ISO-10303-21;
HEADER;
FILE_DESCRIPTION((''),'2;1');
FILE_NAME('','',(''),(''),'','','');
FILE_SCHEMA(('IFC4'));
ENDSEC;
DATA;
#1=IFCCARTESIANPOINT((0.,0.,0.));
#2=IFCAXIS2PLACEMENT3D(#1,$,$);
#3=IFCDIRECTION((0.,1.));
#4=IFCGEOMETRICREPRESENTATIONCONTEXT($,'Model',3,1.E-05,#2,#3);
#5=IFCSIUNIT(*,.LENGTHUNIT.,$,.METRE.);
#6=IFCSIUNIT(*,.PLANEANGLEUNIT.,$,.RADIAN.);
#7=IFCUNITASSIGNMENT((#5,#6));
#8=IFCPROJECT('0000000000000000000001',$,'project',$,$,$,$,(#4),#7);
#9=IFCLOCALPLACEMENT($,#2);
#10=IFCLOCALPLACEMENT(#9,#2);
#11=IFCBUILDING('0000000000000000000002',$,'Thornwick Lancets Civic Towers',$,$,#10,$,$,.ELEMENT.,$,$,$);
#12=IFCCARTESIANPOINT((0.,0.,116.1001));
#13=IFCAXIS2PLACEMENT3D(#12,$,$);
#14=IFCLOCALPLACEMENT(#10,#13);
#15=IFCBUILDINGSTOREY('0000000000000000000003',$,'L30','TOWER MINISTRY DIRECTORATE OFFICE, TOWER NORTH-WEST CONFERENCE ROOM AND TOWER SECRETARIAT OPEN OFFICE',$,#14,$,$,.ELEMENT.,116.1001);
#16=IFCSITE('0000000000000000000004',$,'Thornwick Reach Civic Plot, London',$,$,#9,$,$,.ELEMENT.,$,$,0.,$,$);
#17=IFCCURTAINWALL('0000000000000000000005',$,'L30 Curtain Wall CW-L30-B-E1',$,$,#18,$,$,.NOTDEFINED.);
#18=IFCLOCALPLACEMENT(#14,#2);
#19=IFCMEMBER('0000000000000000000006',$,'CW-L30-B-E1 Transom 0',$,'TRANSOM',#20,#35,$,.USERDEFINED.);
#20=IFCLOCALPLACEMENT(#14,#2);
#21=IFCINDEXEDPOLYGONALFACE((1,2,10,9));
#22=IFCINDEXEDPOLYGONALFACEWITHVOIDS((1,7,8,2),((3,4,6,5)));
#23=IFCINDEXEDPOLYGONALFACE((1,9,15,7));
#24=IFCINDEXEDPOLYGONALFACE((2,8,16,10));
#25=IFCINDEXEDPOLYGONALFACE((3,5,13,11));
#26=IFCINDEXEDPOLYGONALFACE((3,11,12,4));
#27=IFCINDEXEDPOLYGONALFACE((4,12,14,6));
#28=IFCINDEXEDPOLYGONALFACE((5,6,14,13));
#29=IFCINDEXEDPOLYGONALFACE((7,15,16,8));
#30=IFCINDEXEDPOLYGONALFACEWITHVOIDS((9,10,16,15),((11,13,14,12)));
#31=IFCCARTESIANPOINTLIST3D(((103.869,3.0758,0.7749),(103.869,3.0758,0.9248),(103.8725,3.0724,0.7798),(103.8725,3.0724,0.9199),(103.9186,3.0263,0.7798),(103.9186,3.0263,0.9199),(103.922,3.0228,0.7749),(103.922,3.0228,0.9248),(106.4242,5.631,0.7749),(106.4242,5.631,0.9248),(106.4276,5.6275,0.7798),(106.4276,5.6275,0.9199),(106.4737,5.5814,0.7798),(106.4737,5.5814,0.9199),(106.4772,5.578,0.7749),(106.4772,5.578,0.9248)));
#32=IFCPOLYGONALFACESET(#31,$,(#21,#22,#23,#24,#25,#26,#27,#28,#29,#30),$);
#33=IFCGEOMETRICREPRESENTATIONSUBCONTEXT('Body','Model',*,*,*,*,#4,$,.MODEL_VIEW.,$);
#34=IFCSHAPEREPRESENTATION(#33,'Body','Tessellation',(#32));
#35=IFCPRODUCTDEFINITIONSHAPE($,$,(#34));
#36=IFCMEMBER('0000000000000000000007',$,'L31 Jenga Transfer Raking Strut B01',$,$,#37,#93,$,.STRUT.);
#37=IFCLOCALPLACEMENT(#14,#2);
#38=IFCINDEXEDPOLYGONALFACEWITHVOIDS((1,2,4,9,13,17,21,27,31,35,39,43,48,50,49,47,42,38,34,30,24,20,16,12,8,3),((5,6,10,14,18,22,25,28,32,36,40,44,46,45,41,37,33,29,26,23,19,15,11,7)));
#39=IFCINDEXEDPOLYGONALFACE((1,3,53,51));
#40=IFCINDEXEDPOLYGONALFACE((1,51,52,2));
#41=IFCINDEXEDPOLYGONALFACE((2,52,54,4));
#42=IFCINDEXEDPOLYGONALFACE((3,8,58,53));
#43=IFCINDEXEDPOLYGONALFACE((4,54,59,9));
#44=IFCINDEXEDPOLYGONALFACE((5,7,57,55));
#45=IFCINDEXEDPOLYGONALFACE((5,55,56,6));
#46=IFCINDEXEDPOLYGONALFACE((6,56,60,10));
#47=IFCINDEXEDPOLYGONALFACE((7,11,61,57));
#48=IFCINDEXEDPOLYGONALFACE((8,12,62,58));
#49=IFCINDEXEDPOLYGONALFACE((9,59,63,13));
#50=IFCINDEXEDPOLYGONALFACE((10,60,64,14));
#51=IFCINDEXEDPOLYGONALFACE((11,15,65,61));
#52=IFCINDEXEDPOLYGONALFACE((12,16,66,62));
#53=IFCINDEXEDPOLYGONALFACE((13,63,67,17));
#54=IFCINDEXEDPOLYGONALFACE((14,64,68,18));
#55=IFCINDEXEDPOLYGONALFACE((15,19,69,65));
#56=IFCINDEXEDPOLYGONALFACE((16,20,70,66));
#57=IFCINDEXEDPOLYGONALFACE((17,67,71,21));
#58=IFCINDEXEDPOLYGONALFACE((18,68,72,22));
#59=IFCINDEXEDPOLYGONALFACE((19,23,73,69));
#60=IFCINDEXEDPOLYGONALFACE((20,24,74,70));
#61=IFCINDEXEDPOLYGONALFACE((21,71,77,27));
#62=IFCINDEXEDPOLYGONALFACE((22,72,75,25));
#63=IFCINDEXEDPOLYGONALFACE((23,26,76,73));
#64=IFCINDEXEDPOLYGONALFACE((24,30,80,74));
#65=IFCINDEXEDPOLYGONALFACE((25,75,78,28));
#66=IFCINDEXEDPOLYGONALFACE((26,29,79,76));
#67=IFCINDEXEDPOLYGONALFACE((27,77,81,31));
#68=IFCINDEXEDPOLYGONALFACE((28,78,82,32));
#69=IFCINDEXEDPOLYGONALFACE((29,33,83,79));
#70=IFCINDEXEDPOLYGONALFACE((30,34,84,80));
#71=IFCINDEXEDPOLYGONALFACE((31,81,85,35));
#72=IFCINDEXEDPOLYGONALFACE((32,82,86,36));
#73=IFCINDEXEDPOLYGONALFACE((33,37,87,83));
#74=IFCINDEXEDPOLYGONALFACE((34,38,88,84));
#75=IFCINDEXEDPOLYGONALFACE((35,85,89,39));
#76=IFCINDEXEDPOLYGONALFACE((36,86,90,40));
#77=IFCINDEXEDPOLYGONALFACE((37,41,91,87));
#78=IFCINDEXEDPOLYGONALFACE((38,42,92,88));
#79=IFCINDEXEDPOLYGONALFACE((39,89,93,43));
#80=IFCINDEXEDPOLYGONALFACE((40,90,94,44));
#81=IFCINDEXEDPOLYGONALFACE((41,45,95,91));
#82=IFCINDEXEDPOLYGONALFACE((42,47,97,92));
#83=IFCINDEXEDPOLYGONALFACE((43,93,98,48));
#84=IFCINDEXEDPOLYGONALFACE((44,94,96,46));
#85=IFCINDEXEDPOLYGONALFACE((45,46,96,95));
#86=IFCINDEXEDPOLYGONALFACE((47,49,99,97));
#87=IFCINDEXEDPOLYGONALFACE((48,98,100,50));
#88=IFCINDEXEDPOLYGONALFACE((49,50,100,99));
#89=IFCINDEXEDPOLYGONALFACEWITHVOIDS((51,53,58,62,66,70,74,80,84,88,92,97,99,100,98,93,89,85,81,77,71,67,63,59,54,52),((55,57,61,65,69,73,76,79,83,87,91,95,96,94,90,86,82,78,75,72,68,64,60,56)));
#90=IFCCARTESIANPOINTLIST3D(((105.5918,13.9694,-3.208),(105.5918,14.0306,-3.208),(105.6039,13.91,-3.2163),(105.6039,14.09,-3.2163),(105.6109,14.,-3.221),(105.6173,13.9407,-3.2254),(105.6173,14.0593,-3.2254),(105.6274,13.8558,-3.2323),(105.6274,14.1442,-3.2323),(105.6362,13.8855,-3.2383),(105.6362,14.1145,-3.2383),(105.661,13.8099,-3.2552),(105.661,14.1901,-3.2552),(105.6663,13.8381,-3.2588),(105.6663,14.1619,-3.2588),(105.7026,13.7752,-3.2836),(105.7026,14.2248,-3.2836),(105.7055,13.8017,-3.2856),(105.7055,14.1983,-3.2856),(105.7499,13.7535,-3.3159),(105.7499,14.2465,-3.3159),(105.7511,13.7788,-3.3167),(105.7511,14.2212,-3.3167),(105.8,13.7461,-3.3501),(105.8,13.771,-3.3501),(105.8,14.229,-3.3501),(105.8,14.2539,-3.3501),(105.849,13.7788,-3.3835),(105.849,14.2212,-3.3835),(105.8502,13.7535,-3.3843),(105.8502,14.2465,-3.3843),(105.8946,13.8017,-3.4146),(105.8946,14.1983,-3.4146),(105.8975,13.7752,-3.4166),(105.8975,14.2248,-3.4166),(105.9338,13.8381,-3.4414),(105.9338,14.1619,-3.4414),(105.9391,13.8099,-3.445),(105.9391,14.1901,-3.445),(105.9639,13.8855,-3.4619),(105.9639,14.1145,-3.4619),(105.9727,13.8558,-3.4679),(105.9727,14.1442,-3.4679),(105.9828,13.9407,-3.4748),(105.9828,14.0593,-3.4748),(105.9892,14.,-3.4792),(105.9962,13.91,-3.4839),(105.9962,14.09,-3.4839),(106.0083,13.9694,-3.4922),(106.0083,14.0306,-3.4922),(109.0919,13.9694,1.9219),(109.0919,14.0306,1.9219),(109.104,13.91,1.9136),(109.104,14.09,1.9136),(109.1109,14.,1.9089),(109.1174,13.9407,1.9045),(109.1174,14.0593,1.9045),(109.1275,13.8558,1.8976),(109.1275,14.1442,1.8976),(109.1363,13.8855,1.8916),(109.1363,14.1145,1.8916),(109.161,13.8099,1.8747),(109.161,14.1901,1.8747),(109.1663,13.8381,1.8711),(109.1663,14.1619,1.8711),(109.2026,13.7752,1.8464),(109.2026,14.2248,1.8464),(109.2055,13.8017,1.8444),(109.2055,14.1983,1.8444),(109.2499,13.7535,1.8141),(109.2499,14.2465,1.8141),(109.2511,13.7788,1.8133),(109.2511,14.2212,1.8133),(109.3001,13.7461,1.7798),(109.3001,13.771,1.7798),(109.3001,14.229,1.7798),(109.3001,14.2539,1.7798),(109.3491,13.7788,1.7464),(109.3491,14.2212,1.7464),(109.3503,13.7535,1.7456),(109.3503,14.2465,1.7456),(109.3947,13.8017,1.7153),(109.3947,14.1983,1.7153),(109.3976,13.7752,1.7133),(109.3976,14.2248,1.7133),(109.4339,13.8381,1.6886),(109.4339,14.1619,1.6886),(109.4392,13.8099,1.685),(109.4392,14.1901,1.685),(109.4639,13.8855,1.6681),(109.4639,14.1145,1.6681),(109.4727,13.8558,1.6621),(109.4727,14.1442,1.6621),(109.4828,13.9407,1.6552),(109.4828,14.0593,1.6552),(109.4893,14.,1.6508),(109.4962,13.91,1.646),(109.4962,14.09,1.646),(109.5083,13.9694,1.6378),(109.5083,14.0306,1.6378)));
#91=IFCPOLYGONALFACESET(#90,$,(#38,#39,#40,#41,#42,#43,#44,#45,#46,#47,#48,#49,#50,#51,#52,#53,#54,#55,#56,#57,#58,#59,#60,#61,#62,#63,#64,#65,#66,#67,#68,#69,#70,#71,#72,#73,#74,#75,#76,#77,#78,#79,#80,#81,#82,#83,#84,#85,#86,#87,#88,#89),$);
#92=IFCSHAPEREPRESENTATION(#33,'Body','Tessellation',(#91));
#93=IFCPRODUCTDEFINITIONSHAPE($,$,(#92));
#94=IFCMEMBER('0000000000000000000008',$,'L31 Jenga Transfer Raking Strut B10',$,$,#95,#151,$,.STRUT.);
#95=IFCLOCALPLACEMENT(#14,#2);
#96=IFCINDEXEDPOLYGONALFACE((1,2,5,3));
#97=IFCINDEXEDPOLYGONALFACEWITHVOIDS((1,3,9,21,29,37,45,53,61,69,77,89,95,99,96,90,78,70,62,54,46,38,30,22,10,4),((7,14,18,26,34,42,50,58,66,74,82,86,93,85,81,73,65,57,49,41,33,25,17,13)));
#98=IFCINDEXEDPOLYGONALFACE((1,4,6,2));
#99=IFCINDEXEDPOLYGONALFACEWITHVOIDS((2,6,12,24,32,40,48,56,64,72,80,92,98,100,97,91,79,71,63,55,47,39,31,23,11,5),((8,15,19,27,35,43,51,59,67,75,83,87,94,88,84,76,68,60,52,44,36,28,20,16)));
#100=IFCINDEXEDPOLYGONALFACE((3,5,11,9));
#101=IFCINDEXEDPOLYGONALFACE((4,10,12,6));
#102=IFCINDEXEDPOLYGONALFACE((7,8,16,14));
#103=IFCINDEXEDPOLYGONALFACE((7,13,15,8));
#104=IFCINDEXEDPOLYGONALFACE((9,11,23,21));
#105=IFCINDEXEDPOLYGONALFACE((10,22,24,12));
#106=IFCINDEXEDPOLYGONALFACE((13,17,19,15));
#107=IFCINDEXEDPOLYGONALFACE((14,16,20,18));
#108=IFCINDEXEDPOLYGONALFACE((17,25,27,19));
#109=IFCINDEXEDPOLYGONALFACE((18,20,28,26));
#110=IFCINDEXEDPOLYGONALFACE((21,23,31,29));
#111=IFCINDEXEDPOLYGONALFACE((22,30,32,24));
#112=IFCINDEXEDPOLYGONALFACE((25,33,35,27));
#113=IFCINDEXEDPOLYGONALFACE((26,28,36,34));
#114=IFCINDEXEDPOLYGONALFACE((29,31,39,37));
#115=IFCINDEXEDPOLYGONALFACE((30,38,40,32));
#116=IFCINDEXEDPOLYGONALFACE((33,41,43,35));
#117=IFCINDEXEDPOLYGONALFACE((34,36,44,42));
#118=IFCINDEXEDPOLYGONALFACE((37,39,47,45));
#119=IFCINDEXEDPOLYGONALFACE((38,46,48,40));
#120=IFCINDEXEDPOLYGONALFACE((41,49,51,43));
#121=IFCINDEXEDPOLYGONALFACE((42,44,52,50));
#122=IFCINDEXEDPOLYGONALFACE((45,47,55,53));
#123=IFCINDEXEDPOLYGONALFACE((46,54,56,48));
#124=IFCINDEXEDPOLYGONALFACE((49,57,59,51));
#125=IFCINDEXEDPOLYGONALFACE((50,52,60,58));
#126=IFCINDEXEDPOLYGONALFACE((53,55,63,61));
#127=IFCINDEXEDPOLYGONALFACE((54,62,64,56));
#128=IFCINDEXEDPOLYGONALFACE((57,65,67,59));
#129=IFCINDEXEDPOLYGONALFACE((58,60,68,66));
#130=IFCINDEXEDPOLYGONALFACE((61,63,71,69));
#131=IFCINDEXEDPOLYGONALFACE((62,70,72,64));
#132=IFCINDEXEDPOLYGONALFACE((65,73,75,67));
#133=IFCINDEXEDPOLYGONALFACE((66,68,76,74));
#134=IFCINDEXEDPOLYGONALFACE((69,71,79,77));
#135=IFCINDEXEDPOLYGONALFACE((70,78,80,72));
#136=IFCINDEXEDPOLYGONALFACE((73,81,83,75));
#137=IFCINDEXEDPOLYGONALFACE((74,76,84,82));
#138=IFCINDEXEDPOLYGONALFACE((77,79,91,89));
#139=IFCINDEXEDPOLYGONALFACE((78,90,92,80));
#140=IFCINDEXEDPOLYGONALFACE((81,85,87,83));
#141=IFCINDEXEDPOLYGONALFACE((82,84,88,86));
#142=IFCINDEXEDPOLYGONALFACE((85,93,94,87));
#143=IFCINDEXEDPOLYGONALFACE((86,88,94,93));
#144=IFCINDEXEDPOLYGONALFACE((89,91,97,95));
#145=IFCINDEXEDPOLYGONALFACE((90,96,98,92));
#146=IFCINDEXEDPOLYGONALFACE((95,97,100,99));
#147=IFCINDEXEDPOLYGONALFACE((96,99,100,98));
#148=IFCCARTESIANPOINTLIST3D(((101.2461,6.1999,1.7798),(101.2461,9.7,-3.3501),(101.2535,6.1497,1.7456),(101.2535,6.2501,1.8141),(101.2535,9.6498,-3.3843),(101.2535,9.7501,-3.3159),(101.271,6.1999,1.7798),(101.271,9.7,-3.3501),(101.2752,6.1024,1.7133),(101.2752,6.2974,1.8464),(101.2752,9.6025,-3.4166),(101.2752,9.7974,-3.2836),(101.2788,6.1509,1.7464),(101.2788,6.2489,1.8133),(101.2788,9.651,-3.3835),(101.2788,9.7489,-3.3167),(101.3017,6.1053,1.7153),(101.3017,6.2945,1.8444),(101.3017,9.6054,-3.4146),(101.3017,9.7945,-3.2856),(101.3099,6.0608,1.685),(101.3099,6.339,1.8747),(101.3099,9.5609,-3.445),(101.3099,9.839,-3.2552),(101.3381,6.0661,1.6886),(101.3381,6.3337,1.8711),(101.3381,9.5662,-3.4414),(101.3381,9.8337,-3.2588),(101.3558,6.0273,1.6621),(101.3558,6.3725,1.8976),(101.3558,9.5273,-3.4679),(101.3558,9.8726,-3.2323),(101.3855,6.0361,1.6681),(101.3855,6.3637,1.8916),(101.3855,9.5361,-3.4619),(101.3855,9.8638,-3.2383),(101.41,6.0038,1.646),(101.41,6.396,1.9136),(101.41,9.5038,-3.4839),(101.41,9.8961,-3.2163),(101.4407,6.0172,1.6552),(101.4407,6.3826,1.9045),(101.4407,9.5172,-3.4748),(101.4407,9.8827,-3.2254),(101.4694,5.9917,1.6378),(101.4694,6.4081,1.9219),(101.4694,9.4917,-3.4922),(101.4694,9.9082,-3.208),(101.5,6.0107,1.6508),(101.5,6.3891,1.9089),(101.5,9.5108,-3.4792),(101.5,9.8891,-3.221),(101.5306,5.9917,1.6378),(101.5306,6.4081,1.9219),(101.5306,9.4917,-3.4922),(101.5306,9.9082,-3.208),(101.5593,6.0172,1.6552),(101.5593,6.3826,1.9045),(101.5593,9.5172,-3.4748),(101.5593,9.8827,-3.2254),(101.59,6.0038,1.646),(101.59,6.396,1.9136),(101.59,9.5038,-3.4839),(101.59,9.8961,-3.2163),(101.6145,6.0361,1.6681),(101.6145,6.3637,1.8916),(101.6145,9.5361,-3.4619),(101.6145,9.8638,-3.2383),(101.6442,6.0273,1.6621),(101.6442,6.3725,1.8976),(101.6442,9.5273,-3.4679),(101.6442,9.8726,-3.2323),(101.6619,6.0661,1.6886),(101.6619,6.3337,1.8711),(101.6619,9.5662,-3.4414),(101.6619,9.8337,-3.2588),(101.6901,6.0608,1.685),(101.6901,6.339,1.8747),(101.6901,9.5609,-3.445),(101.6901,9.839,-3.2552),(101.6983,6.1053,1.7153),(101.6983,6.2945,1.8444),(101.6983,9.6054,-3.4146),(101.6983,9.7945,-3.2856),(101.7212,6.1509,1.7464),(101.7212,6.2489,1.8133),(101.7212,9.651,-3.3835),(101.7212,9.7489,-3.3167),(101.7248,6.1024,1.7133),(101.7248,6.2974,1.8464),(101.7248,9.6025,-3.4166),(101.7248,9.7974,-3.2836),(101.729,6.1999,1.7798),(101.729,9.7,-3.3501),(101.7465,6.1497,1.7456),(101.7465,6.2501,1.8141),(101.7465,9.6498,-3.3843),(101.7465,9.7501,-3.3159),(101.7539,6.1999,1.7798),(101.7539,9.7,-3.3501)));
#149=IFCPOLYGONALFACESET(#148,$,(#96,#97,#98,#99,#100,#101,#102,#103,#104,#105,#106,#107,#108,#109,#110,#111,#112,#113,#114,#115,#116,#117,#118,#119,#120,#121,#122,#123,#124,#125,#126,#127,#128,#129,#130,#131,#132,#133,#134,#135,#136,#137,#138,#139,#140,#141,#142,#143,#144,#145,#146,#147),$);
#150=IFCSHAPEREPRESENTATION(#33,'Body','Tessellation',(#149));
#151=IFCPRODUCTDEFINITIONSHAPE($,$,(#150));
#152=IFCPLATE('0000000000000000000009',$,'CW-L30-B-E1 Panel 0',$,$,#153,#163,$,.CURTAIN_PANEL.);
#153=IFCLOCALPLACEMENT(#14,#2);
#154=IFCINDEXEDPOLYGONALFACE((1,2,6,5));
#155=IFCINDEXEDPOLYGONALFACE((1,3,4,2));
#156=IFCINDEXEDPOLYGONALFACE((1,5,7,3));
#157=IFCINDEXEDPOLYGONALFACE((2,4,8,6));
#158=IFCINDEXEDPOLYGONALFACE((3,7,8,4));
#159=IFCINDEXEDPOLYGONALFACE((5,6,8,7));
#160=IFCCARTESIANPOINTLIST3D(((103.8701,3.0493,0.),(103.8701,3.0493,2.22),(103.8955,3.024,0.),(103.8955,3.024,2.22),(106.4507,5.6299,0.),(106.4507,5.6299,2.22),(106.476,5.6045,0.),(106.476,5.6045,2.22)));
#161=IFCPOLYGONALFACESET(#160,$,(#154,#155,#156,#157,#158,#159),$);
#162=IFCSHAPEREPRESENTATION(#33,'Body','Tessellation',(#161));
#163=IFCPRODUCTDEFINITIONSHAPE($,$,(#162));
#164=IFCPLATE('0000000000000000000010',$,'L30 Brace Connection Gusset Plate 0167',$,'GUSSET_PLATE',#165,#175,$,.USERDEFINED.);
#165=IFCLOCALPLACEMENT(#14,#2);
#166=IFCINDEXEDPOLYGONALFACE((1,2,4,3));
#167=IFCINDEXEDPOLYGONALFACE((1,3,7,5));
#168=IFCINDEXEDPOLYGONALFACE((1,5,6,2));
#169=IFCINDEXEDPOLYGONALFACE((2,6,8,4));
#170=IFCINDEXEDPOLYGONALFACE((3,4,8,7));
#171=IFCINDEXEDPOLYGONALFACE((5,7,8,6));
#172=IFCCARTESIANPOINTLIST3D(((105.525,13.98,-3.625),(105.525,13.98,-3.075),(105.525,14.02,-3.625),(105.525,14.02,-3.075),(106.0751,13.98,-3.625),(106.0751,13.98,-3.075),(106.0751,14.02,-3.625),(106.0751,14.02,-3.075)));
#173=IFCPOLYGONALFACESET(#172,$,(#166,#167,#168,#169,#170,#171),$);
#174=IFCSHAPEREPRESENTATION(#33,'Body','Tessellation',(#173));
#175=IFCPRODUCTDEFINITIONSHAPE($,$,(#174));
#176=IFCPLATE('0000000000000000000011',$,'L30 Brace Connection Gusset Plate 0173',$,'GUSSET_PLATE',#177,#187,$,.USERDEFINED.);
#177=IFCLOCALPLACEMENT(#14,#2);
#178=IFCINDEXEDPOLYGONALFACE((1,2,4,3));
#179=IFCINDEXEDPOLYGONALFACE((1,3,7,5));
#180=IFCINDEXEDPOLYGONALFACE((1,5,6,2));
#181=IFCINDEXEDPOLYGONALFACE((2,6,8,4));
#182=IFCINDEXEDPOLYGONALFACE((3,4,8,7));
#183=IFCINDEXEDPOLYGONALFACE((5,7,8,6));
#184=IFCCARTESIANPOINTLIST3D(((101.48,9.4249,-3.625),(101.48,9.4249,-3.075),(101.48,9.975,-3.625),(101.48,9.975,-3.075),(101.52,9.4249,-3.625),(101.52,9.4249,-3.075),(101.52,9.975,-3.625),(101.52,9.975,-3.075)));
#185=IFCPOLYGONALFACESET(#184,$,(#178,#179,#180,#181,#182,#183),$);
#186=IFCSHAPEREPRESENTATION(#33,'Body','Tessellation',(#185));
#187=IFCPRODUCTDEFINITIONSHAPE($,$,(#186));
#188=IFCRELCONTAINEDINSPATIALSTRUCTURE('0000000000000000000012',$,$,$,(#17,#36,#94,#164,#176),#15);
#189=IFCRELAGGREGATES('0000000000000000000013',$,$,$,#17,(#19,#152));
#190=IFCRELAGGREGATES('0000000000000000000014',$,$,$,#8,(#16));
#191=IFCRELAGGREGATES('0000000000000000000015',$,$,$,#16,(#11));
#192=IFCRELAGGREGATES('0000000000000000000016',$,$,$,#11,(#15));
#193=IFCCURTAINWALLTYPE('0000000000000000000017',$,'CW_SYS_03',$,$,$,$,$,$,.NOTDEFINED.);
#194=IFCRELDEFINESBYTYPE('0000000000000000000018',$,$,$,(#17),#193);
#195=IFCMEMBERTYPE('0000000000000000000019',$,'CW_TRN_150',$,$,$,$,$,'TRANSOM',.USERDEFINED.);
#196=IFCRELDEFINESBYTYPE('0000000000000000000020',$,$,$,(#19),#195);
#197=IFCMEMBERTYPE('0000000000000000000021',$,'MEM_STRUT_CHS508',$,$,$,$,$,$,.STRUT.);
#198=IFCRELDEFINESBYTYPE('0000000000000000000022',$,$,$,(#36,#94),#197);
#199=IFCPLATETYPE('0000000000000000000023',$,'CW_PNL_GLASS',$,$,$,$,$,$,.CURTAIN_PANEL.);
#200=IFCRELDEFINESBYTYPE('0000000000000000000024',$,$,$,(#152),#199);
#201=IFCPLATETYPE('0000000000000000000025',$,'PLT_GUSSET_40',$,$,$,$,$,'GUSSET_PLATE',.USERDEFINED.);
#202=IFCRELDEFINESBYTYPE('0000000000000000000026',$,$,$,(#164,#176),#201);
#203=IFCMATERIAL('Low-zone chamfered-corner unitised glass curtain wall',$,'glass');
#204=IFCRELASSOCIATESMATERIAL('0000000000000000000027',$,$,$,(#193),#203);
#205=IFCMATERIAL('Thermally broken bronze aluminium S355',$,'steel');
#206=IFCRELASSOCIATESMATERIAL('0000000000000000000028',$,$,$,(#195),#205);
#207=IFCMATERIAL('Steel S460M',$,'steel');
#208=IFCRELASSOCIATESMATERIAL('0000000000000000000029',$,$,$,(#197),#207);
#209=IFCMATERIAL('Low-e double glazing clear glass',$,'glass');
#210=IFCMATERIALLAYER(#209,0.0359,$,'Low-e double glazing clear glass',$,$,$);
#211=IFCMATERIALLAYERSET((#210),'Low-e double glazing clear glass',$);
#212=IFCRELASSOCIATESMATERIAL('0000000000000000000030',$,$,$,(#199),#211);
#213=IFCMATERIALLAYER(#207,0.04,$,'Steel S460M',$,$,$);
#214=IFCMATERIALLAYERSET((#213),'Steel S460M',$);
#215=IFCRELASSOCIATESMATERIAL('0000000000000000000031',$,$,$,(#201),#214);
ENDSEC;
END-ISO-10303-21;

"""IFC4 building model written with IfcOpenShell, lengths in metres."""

from ifc_helpers import new_model, si_unit, direction, frame, origin, origin_2d, place, context, subcontext, project, spatial, rectangle, hollow_rectangle, hollow_circle, extrude, material, layer, layer_set, material_profile, profile_set, type_object, element, aggregate, save


model = new_model("IFC4")

# Units and contexts
model_context = context("Model", 3, precision=1e-05, world=origin(), true_north=direction((0.0, 1.0)))
body_context = subcontext(model_context, "Body", "Model", "MODEL_VIEW")
ifc_project = project(units=[si_unit("LENGTHUNIT", "METRE"), si_unit("PLANEANGLEUNIT", "RADIAN")], contexts=[model_context])

# Site, building, storey
site_placement = place(None, origin())
site = spatial("IfcSite", under=ifc_project, at=site_placement, Name="Thornwick Reach Civic Plot, London", CompositionType="ELEMENT", RefElevation=0.0)
building_placement = place(site_placement, origin())
building = spatial("IfcBuilding", under=site, at=building_placement, Name="Thornwick Lancets Civic Towers", CompositionType="ELEMENT")
storey_placement = place(building_placement, frame((0.0, 0.0, 116.1001)))
storey = spatial("IfcBuildingStorey", under=building, at=storey_placement, Name="L30", Description="TOWER MINISTRY DIRECTORATE OFFICE, TOWER NORTH-WEST CONFERENCE ROOM AND TOWER SECRETARIAT OPEN OFFICE", CompositionType="ELEMENT", Elevation=116.1001)

# Curtain wall, member
ifc_material_1 = material(Name="Low-zone chamfered-corner unitised glass curtain wall", Category="glass")
curtain_wall_type = type_object("IfcCurtainWallType", Name="CW_SYS_03", PredefinedType="NOTDEFINED", material=ifc_material_1)
curtain_wall_placement = place(storey_placement, origin())
curtain_wall = element("IfcCurtainWall", 1, at=curtain_wall_placement, inside=storey, type_object=curtain_wall_type, Name="L30 Curtain Wall CW-L30-B-E1", PredefinedType="NOTDEFINED")
ifc_material_2 = material(Name="Thermally broken bronze aluminium S355", Category="steel")
ifc_material_profile_1 = material_profile(ifc_material_2, hollow_rectangle(XDim=0.075, YDim=0.1499, WallThickness=0.0049, at=origin_2d()), Name="RHS 150x75x5")
ifc_profile_set_1 = profile_set([ifc_material_profile_1], Name="Thermally broken bronze aluminium S355")
member_type_1 = type_object("IfcMemberType", Name="CW_TRN_150", ElementType="TRANSOM", PredefinedType="USERDEFINED", material=ifc_profile_set_1)
member_1_placement = place(storey_placement, frame((103.8955, 3.0493, 0.8499), z_axis=(0.707107, 0.707107, 0.0), x_axis=(-0.707107, 0.707107, 0.0)))
member_1 = element("IfcMember", 2, at=member_1_placement, type_object=member_type_1, Name="CW-L30-B-E1 Transom 0", ObjectType="TRANSOM", PredefinedType="USERDEFINED", context=body_context, shape_type="SweptSolid", body=[
    extrude(hollow_rectangle(XDim=0.075, YDim=0.1499, WallThickness=0.0049, at=origin_2d()), origin(), (0.0, 0.0, 1.0), 3.6135),
])

# Members
ifc_material_3 = material(Name="Steel S460M", Category="steel")
ifc_material_profile_2 = material_profile(ifc_material_3, hollow_circle(Radius=0.2539, WallThickness=0.0249, at=origin_2d()), Name="CHS 508x25")
ifc_profile_set_2 = profile_set([ifc_material_profile_2], Name="Steel S460M")
member_type_2 = type_object("IfcMemberType", Name="MEM_STRUT_CHS508", PredefinedType="STRUT", material=ifc_profile_set_2)
for number, where, z_axis, x_axis, name in (
    (3, (105.8, 14.0, -3.3501), (0.563595, 0.0, 0.826051), (0.0, 1.0, 0.0), "L31 Jenga Transfer Raking Strut B01"),
    (4, (101.5, 9.7, -3.3501), (0.0, -0.563595, 0.826051), (1.0, 0.0, 0.0), "L31 Jenga Transfer Raking Strut B10"),
):
    element("IfcMember", number, at=place(storey_placement, frame(where, z_axis=z_axis, x_axis=x_axis)), inside=storey, type_object=member_type_2, Name=name, PredefinedType="STRUT", context=body_context, shape_type="SweptSolid", body=[
        extrude(hollow_circle(Radius=0.2539, WallThickness=0.0249, at=origin_2d()), origin(), (0.0, 0.0, 1.0), 6.2102),
    ])

# Plate
ifc_material_4 = material(Name="Low-e double glazing clear glass", Category="glass")
ifc_layer_1 = layer(ifc_material_4, 0.0359, Name="Low-e double glazing clear glass")
ifc_layer_set_1 = layer_set([ifc_layer_1], Name="Low-e double glazing clear glass")
plate_type_1 = type_object("IfcPlateType", Name="CW_PNL_GLASS", PredefinedType="CURTAIN_PANEL", material=ifc_layer_set_1)
plate_placement = place(storey_placement, frame((105.1731, 4.3269, 0.0), z_axis=(0.0, 0.0, 1.0), x_axis=(0.707107, 0.707107, 0.0)))
plate = element("IfcPlate", 5, at=plate_placement, type_object=plate_type_1, Name="CW-L30-B-E1 Panel 0", PredefinedType="CURTAIN_PANEL", context=body_context, shape_type="SweptSolid", body=[
    extrude(rectangle(XDim=3.6494, YDim=0.0359, at=origin_2d()), origin(), (0.0, 0.0, 1.0), 2.22),
])
aggregate(curtain_wall, [member_1, plate])

# Plates
ifc_layer_2 = layer(ifc_material_3, 0.04, Name="Steel S460M")
ifc_layer_set_2 = layer_set([ifc_layer_2], Name="Steel S460M")
plate_type_2 = type_object("IfcPlateType", Name="PLT_GUSSET_40", ElementType="GUSSET_PLATE", PredefinedType="USERDEFINED", material=ifc_layer_set_2)
for number, where, z_axis, x_axis, name in (
    (6, (105.8, 14.0, -3.625), (0.0, 0.0, 1.0), (1.0, 0.0, 0.0), "L30 Brace Connection Gusset Plate 0167"),
    (7, (101.5, 9.7, -3.625), (0.0, 0.0, 1.0), (0.0, -1.0, 0.0), "L30 Brace Connection Gusset Plate 0173"),
):
    element("IfcPlate", number, at=place(storey_placement, frame(where, z_axis=z_axis, x_axis=x_axis)), inside=storey, type_object=plate_type_2, Name=name, ObjectType="GUSSET_PLATE", PredefinedType="USERDEFINED", context=body_context, shape_type="SweptSolid", body=[
        extrude(rectangle(XDim=0.55, YDim=0.04, at=origin_2d()), origin(), (0.0, 0.0, 1.0), 0.55),
    ])

save(model, "model.ifc")
